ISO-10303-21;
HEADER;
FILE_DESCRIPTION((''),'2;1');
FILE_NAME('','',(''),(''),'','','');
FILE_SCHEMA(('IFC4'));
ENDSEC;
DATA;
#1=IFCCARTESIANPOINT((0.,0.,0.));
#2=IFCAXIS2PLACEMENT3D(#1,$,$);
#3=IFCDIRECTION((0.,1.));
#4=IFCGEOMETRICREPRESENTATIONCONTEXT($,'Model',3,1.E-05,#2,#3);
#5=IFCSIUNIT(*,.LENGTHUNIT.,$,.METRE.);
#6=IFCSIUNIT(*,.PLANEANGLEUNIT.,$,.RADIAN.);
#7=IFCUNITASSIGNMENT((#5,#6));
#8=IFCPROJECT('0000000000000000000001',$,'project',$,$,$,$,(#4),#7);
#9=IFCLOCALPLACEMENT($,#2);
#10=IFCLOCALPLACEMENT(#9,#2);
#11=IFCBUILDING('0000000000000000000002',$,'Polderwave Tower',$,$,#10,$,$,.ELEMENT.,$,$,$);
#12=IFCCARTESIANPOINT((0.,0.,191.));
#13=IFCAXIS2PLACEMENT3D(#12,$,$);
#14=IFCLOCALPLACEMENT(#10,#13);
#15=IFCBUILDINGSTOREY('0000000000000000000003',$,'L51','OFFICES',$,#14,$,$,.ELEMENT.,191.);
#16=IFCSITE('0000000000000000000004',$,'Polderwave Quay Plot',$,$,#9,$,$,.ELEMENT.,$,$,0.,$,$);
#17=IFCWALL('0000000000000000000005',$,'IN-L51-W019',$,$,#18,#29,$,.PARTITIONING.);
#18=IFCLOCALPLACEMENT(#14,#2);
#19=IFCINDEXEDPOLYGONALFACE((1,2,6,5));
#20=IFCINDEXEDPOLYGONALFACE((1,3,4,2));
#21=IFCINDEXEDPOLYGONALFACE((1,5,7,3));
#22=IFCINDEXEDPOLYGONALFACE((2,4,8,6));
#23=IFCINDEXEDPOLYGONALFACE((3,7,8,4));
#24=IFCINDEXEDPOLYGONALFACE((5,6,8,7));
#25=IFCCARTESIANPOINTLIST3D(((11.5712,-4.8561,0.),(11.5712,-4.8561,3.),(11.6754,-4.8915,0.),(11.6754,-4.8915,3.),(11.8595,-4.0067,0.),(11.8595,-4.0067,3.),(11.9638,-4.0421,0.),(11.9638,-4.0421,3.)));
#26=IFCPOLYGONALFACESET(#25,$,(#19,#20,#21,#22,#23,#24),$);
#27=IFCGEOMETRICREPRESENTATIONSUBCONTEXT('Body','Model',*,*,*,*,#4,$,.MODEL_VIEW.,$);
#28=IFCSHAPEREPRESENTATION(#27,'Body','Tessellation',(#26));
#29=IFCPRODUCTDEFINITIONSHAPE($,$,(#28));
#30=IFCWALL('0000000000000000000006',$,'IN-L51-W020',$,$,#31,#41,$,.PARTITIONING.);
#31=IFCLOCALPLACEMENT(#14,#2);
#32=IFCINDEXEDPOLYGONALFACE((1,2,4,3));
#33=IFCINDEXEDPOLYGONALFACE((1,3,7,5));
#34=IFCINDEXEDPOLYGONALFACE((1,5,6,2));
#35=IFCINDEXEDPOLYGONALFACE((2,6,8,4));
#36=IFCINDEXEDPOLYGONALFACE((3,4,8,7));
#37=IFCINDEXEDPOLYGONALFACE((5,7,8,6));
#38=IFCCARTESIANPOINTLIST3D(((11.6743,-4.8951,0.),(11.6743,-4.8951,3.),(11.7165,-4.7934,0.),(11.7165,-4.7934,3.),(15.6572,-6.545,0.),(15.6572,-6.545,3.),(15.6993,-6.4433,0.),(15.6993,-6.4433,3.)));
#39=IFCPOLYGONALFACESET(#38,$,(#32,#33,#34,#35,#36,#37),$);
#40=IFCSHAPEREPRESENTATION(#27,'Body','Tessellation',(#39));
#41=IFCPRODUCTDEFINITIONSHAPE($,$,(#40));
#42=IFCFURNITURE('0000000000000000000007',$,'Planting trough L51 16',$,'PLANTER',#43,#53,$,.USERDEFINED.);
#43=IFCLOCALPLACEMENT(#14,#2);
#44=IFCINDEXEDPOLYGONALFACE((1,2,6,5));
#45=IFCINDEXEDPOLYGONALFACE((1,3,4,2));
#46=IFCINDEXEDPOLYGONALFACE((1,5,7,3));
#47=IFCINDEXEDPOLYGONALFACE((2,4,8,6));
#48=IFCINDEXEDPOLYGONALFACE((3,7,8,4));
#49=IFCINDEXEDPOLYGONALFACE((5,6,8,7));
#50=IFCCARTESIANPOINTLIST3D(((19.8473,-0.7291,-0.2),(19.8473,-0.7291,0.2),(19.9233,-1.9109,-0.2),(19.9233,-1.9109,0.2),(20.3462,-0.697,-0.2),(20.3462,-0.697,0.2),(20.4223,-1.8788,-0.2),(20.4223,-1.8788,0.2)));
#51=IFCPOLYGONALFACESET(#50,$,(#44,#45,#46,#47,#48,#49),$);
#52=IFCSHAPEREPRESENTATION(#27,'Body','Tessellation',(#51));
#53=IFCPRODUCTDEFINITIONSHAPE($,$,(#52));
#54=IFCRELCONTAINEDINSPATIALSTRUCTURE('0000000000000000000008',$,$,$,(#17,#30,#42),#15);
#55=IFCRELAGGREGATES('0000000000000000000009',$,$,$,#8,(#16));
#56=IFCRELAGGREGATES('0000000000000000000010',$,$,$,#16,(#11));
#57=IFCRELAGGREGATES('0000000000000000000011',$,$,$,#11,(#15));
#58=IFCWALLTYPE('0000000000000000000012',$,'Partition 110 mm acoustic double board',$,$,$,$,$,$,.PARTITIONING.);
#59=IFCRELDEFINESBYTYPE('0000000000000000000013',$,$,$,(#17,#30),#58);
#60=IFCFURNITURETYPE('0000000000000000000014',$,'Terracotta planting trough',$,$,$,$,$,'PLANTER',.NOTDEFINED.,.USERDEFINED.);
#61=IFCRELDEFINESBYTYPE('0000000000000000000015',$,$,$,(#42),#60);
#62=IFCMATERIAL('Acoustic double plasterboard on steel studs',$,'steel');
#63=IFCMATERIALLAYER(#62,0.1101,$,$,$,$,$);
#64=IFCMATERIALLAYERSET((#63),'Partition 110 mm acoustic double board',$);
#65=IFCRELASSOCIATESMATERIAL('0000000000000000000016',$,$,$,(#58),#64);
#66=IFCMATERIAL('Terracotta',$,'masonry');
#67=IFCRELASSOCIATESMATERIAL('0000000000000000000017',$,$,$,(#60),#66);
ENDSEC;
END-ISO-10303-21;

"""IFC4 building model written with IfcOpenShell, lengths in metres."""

from ifc_helpers import new_model, si_unit, direction, frame, frame_2d, origin, origin_2d, place, context, subcontext, project, spatial, rectangle, extrude, material, layer, layer_set, type_object, element, save


model = new_model("IFC4")

# Units and contexts
model_context = context("Model", 3, precision=1e-05, world=origin(), true_north=direction((0.0, 1.0)))
body_context = subcontext(model_context, "Body", "Model", "MODEL_VIEW")
ifc_project = project(units=[si_unit("LENGTHUNIT", "METRE"), si_unit("PLANEANGLEUNIT", "RADIAN")], contexts=[model_context])

# Site, building, storey
site_placement = place(None, origin())
site = spatial("IfcSite", under=ifc_project, at=site_placement, Name="Polderwave Quay Plot", CompositionType="ELEMENT", RefElevation=0.0)
building_placement = place(site_placement, origin())
building = spatial("IfcBuilding", under=site, at=building_placement, Name="Polderwave Tower", CompositionType="ELEMENT")
storey_placement = place(building_placement, frame((0.0, 0.0, 191.0)))
storey = spatial("IfcBuildingStorey", under=building, at=storey_placement, Name="L51", Description="OFFICES", CompositionType="ELEMENT", Elevation=191.0)

# Walls
ifc_material_1 = material(Name="Acoustic double plasterboard on steel studs", Category="steel")
ifc_layer_1 = layer(ifc_material_1, 0.1101)
ifc_layer_set_1 = layer_set([ifc_layer_1], Name="Partition 110 mm acoustic double board")
wall_type_1 = type_object("IfcWallType", Name="Partition 110 mm acoustic double board", PredefinedType="PARTITIONING", material=ifc_layer_set_1)
wall_1_placement = place(storey_placement, frame((11.6233, -4.8738, 0.0), z_axis=(0.0, 0.0, 1.0), x_axis=(0.321449, 0.946927, 0.0)))
element("IfcWall", 1, at=wall_1_placement, inside=storey, type_object=wall_type_1, Name="IN-L51-W019", PredefinedType="PARTITIONING", context=body_context, shape_type="SweptSolid", body=[
    extrude(rectangle(XDim=0.897, YDim=0.1101, at=frame_2d((0.4485, 0.0))), origin(), (0.0, 0.0, 1.0), 3.0),
])
wall_2_placement = place(storey_placement, frame((15.6782, -6.4941, 0.0), z_axis=(0.0, 0.0, 1.0), x_axis=(-0.923869, 0.382709, 0.0)))
element("IfcWall", 2, at=wall_2_placement, inside=storey, type_object=wall_type_1, Name="IN-L51-W020", PredefinedType="PARTITIONING", context=body_context, shape_type="SweptSolid", body=[
    extrude(rectangle(XDim=4.311, YDim=0.1101, at=frame_2d((2.1555, 0.0))), origin(), (0.0, 0.0, 1.0), 3.0),
])

# Furniture
ifc_material_2 = material(Name="Terracotta", Category="masonry")
furniture_type = type_object("IfcFurnitureType", Name="Terracotta planting trough", ElementType="PLANTER", AssemblyPlace="NOTDEFINED", PredefinedType="USERDEFINED", material=ifc_material_2)
furniture_placement = place(storey_placement, frame((20.1348, -1.304, -0.2), z_axis=(0.0, 0.0, 1.0), x_axis=(-0.06421, 0.997936, 0.0)))
element("IfcFurniture", 3, at=furniture_placement, inside=storey, type_object=furniture_type, Name="Planting trough L51 16", ObjectType="PLANTER", PredefinedType="USERDEFINED", context=body_context, shape_type="SweptSolid", body=[
    extrude(rectangle(XDim=1.1843, YDim=0.5, at=origin_2d()), origin(), (0.0, 0.0, 1.0), 0.3999),
])

save(model, "model.ifc")
